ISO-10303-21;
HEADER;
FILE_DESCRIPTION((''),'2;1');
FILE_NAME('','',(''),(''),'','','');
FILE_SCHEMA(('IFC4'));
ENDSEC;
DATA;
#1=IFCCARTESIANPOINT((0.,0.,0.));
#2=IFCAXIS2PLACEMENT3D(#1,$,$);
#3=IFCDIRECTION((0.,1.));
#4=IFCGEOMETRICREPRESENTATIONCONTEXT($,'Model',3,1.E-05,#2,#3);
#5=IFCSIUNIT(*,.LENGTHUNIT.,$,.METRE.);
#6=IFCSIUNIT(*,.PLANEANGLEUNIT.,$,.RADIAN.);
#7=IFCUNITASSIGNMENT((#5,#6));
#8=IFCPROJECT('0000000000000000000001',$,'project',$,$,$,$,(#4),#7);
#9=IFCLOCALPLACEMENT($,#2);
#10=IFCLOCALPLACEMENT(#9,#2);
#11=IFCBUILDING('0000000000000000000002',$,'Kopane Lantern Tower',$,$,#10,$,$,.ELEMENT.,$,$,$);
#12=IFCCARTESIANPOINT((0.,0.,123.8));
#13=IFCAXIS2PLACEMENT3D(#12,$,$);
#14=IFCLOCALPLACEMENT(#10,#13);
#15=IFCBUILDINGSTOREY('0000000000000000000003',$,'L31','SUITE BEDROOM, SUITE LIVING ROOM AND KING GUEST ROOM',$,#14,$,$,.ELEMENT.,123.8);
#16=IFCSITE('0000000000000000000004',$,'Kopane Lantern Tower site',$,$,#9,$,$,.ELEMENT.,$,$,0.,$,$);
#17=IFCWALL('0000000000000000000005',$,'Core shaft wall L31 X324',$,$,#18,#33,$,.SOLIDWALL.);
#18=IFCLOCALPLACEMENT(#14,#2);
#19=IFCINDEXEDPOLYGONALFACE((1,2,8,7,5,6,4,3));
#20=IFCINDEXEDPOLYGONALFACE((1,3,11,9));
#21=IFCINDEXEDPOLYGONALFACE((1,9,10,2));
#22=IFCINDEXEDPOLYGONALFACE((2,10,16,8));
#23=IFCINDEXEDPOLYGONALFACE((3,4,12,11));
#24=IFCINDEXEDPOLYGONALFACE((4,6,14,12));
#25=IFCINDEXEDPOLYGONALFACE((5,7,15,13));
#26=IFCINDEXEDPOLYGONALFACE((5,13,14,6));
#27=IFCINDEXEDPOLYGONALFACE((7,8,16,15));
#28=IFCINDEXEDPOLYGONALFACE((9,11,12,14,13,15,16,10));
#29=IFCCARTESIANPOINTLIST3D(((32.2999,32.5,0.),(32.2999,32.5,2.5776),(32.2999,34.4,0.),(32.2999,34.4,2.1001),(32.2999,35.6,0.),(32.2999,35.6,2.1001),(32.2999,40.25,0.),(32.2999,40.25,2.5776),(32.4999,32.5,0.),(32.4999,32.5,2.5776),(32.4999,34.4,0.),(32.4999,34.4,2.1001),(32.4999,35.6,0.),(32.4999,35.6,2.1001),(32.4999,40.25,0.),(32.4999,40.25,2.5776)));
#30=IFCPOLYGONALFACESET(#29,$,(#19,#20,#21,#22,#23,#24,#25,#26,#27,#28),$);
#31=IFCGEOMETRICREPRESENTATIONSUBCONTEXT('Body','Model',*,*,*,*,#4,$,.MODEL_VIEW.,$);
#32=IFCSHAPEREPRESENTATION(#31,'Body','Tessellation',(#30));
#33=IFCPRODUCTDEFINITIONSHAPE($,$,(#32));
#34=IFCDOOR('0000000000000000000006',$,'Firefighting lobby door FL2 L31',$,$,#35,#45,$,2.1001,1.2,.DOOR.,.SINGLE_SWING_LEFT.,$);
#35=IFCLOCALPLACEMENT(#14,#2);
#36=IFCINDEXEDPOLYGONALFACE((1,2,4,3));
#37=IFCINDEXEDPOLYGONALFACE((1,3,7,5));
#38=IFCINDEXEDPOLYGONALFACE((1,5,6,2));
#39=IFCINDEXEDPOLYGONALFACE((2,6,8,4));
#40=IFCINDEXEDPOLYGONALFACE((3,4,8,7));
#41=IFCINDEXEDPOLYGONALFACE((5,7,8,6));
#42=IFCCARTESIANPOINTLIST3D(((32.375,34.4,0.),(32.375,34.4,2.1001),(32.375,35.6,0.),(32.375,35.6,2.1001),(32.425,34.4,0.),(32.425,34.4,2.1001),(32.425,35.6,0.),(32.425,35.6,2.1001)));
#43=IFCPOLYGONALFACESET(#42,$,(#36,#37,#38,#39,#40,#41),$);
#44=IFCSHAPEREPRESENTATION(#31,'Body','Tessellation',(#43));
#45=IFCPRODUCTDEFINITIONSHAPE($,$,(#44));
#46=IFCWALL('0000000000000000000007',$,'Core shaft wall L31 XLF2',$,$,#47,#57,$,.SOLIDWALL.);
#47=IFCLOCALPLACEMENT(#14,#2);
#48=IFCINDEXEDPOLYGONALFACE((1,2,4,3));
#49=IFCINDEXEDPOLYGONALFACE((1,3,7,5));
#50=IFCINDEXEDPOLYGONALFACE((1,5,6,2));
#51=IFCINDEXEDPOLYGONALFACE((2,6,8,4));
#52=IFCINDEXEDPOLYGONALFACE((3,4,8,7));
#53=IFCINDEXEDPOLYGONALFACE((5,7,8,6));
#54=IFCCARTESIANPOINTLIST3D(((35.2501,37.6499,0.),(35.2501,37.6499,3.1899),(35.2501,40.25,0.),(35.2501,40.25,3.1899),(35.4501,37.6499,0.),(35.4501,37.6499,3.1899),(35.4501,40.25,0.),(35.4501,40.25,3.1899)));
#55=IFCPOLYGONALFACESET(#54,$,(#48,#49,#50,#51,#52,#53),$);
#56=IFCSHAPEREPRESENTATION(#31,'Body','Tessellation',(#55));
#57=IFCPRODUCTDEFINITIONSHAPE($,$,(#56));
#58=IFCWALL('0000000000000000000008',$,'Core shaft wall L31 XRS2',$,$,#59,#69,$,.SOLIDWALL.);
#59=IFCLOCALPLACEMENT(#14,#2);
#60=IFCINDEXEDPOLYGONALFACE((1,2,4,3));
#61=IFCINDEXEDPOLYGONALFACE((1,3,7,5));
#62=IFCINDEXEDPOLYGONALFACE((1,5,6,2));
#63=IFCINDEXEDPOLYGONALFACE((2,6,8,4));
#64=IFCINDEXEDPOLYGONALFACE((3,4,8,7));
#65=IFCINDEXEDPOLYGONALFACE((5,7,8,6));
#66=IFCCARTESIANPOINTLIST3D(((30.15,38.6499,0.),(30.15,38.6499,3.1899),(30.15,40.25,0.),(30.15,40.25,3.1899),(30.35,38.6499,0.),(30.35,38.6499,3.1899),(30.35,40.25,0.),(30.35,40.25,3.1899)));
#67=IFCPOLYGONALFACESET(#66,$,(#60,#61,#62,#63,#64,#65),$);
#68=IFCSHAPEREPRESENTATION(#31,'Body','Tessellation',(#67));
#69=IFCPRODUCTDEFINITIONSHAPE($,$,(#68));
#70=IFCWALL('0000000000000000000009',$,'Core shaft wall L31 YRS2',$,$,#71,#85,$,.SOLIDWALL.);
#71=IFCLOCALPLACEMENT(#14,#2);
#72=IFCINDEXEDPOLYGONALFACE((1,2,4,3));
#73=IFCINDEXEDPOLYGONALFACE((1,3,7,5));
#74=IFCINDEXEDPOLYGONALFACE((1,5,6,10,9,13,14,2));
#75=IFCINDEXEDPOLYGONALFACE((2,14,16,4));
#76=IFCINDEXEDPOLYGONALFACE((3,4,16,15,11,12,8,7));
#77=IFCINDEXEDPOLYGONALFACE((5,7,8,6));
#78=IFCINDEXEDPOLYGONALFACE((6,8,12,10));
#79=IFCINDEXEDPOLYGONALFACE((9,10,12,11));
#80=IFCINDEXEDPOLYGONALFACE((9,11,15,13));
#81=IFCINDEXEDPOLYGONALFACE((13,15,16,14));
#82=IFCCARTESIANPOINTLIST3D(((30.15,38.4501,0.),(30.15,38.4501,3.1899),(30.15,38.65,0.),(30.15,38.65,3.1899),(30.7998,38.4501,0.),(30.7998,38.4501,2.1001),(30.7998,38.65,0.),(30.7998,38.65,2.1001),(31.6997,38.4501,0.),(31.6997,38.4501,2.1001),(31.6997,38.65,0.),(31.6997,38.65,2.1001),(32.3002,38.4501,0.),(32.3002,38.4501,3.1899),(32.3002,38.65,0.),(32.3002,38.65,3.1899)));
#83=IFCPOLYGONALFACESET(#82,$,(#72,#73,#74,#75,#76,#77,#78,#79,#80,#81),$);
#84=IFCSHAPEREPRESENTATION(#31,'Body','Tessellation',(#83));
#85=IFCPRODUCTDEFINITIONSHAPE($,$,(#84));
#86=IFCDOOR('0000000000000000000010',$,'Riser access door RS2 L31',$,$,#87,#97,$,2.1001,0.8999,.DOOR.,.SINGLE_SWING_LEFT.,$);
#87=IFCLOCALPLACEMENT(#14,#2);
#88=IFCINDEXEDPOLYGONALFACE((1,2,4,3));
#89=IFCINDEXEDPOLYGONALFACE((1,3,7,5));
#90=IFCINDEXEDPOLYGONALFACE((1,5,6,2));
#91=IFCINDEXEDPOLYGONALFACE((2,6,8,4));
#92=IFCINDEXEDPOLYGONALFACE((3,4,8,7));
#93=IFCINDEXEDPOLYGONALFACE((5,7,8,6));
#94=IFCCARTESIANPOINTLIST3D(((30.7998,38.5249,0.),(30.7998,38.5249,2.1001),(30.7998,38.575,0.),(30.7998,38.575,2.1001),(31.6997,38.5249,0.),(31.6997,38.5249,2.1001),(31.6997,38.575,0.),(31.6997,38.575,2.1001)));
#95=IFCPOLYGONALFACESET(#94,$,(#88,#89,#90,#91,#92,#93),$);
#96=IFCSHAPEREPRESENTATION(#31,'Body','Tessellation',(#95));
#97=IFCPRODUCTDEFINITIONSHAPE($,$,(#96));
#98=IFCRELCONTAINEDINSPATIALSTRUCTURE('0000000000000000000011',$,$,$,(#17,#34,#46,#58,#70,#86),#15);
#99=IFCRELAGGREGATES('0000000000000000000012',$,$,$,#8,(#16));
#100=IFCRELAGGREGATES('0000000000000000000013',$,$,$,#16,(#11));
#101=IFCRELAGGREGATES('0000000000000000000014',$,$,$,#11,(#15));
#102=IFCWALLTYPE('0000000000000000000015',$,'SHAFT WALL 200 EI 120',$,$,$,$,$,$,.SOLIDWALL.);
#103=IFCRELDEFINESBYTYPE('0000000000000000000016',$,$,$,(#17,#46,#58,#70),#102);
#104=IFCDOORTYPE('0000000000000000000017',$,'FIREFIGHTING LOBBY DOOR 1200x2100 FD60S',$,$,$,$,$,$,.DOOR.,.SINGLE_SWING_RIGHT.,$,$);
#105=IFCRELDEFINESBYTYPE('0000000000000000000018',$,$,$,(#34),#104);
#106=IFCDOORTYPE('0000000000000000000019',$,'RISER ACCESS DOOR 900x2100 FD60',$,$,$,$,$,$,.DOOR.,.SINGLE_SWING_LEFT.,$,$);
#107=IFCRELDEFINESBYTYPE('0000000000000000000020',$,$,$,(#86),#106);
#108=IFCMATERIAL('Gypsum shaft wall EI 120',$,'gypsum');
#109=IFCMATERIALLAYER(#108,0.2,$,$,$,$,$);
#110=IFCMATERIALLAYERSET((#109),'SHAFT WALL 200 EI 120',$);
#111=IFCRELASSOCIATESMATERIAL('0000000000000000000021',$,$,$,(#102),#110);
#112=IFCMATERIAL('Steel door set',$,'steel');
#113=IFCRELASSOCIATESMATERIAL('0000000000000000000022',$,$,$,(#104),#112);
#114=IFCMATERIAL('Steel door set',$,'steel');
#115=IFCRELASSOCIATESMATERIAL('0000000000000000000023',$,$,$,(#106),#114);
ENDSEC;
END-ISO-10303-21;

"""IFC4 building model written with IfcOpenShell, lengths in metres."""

from ifc_helpers import new_model, si_unit, direction, frame, frame_2d, origin, place, context, subcontext, project, spatial, rectangle, extrude, material, layer, layer_set, type_object, element, fill, save


model = new_model("IFC4")

# Units and contexts
model_context = context("Model", 3, precision=1e-05, world=origin(), true_north=direction((0.0, 1.0)))
body_context = subcontext(model_context, "Body", "Model", "MODEL_VIEW")
ifc_project = project(units=[si_unit("LENGTHUNIT", "METRE"), si_unit("PLANEANGLEUNIT", "RADIAN")], contexts=[model_context])

# Site, building, storey
site_placement = place(None, origin())
site = spatial("IfcSite", under=ifc_project, at=site_placement, Name="Kopane Lantern Tower site", CompositionType="ELEMENT", RefElevation=0.0)
building_placement = place(site_placement, origin())
building = spatial("IfcBuilding", under=site, at=building_placement, Name="Kopane Lantern Tower", CompositionType="ELEMENT")
storey_placement = place(building_placement, frame((0.0, 0.0, 123.8)))
storey = spatial("IfcBuildingStorey", under=building, at=storey_placement, Name="L31", Description="SUITE BEDROOM, SUITE LIVING ROOM AND KING GUEST ROOM", CompositionType="ELEMENT", Elevation=123.8)

# Shared definitions
ifc_material_1 = material(Name="Gypsum shaft wall EI 120", Category="gypsum")
ifc_layer_1 = layer(ifc_material_1, 0.2)
ifc_layer_set_1 = layer_set([ifc_layer_1], Name="SHAFT WALL 200 EI 120")
wall_type_1 = type_object("IfcWallType", Name="SHAFT WALL 200 EI 120", PredefinedType="SOLIDWALL", material=ifc_layer_set_1)

# Wall, opening, door
wall_1_placement = place(storey_placement, frame((32.3999, 32.5, 0.0), z_axis=(0.0, 0.0, 1.0), x_axis=(0.0, 1.0, 0.0)))
wall_1 = element("IfcWall", 1, at=wall_1_placement, inside=storey, type_object=wall_type_1, Name="Core shaft wall L31 X324", PredefinedType="SOLIDWALL", context=body_context, shape_type="SweptSolid", body=[
    extrude(rectangle(XDim=7.75, YDim=0.2, at=frame_2d((3.875, 0.0))), origin(), (0.0, 0.0, 1.0), 2.5776),
])
opening_1_placement = place(wall_1_placement, frame((1.8999, 0.0, 0.0)))
opening_1 = element("IfcOpeningElement", 2, at=opening_1_placement, cuts=wall_1, PredefinedType="OPENING", context=body_context, shape_type="SweptSolid", body=[
    extrude(rectangle(XDim=1.2, YDim=2.1001, at=frame_2d((0.6001, 1.05))), frame((0.0, 0.1099, 0.0), z_axis=(0.0, -1.0, 0.0), x_axis=(1.0, 0.0, 0.0)), (0.0, 0.0, 1.0), 0.22),
])
ifc_material_2 = material(Name="Steel door set", Category="steel")
door_type_1 = type_object("IfcDoorType", Name="FIREFIGHTING LOBBY DOOR 1200x2100 FD60S", OperationType="SINGLE_SWING_RIGHT", PredefinedType="DOOR", material=ifc_material_2)
door_1_placement = place(opening_1_placement, origin())
door_1 = element("IfcDoor", 3, at=door_1_placement, inside=storey, type_object=door_type_1, Name="Firefighting lobby door FL2 L31", OperationType="SINGLE_SWING_LEFT", OverallHeight=2.1001, OverallWidth=1.2, PredefinedType="DOOR", context=body_context, shape_type="SweptSolid", body=[
    extrude(rectangle(XDim=1.2, YDim=2.1001, at=frame_2d((0.6001, 1.05))), frame((0.0, 0.0249, 0.0), z_axis=(0.0, -1.0, 0.0), x_axis=(1.0, 0.0, 0.0)), (0.0, 0.0, 1.0), 0.05),
])
fill(opening_1, door_1)

# Walls
wall_2_placement = place(storey_placement, frame((35.3501, 37.6499, 0.0), z_axis=(0.0, 0.0, 1.0), x_axis=(0.0, 1.0, 0.0)))
element("IfcWall", 4, at=wall_2_placement, inside=storey, type_object=wall_type_1, Name="Core shaft wall L31 XLF2", PredefinedType="SOLIDWALL", context=body_context, shape_type="SweptSolid", body=[
    extrude(rectangle(XDim=2.6001, YDim=0.2, at=frame_2d((1.3, 0.0))), origin(), (0.0, 0.0, 1.0), 3.1899),
])
wall_3_placement = place(storey_placement, frame((30.25, 38.6499, 0.0), z_axis=(0.0, 0.0, 1.0), x_axis=(0.0, 1.0, 0.0)))
element("IfcWall", 5, at=wall_3_placement, inside=storey, type_object=wall_type_1, Name="Core shaft wall L31 XRS2", PredefinedType="SOLIDWALL", context=body_context, shape_type="SweptSolid", body=[
    extrude(rectangle(XDim=1.6001, YDim=0.2, at=frame_2d((0.8, 0.0))), origin(), (0.0, 0.0, 1.0), 3.1899),
])

# Wall, opening, door
wall_4_placement = place(storey_placement, frame((30.1499, 38.55, 0.0), z_axis=(0.0, 0.0, 1.0), x_axis=(1.0, 0.0, 0.0)))
wall_4 = element("IfcWall", 6, at=wall_4_placement, inside=storey, type_object=wall_type_1, Name="Core shaft wall L31 YRS2", PredefinedType="SOLIDWALL", context=body_context, shape_type="SweptSolid", body=[
    extrude(rectangle(XDim=2.1501, YDim=0.2, at=frame_2d((1.0752, 0.0))), origin(), (0.0, 0.0, 1.0), 3.1899),
])
opening_2_placement = place(wall_4_placement, frame((0.6499, 0.0, 0.0)))
opening_2 = element("IfcOpeningElement", 7, at=opening_2_placement, cuts=wall_4, PredefinedType="OPENING", context=body_context, shape_type="SweptSolid", body=[
    extrude(rectangle(XDim=0.8999, YDim=2.1001, at=frame_2d((0.45, 1.05))), frame((0.0, 0.1099, 0.0), z_axis=(0.0, -1.0, 0.0), x_axis=(1.0, 0.0, 0.0)), (0.0, 0.0, 1.0), 0.22),
])
ifc_material_3 = material(Name="Steel door set", Category="steel")
door_type_2 = type_object("IfcDoorType", Name="RISER ACCESS DOOR 900x2100 FD60", OperationType="SINGLE_SWING_LEFT", PredefinedType="DOOR", material=ifc_material_3)
door_2_placement = place(opening_2_placement, origin())
door_2 = element("IfcDoor", 8, at=door_2_placement, inside=storey, type_object=door_type_2, Name="Riser access door RS2 L31", OperationType="SINGLE_SWING_LEFT", OverallHeight=2.1001, OverallWidth=0.8999, PredefinedType="DOOR", context=body_context, shape_type="SweptSolid", body=[
    extrude(rectangle(XDim=0.8999, YDim=2.1001, at=frame_2d((0.45, 1.05))), frame((0.0, 0.0249, 0.0), z_axis=(0.0, -1.0, 0.0), x_axis=(1.0, 0.0, 0.0)), (0.0, 0.0, 1.0), 0.05),
])
fill(opening_2, door_2)

save(model, "model.ifc")
